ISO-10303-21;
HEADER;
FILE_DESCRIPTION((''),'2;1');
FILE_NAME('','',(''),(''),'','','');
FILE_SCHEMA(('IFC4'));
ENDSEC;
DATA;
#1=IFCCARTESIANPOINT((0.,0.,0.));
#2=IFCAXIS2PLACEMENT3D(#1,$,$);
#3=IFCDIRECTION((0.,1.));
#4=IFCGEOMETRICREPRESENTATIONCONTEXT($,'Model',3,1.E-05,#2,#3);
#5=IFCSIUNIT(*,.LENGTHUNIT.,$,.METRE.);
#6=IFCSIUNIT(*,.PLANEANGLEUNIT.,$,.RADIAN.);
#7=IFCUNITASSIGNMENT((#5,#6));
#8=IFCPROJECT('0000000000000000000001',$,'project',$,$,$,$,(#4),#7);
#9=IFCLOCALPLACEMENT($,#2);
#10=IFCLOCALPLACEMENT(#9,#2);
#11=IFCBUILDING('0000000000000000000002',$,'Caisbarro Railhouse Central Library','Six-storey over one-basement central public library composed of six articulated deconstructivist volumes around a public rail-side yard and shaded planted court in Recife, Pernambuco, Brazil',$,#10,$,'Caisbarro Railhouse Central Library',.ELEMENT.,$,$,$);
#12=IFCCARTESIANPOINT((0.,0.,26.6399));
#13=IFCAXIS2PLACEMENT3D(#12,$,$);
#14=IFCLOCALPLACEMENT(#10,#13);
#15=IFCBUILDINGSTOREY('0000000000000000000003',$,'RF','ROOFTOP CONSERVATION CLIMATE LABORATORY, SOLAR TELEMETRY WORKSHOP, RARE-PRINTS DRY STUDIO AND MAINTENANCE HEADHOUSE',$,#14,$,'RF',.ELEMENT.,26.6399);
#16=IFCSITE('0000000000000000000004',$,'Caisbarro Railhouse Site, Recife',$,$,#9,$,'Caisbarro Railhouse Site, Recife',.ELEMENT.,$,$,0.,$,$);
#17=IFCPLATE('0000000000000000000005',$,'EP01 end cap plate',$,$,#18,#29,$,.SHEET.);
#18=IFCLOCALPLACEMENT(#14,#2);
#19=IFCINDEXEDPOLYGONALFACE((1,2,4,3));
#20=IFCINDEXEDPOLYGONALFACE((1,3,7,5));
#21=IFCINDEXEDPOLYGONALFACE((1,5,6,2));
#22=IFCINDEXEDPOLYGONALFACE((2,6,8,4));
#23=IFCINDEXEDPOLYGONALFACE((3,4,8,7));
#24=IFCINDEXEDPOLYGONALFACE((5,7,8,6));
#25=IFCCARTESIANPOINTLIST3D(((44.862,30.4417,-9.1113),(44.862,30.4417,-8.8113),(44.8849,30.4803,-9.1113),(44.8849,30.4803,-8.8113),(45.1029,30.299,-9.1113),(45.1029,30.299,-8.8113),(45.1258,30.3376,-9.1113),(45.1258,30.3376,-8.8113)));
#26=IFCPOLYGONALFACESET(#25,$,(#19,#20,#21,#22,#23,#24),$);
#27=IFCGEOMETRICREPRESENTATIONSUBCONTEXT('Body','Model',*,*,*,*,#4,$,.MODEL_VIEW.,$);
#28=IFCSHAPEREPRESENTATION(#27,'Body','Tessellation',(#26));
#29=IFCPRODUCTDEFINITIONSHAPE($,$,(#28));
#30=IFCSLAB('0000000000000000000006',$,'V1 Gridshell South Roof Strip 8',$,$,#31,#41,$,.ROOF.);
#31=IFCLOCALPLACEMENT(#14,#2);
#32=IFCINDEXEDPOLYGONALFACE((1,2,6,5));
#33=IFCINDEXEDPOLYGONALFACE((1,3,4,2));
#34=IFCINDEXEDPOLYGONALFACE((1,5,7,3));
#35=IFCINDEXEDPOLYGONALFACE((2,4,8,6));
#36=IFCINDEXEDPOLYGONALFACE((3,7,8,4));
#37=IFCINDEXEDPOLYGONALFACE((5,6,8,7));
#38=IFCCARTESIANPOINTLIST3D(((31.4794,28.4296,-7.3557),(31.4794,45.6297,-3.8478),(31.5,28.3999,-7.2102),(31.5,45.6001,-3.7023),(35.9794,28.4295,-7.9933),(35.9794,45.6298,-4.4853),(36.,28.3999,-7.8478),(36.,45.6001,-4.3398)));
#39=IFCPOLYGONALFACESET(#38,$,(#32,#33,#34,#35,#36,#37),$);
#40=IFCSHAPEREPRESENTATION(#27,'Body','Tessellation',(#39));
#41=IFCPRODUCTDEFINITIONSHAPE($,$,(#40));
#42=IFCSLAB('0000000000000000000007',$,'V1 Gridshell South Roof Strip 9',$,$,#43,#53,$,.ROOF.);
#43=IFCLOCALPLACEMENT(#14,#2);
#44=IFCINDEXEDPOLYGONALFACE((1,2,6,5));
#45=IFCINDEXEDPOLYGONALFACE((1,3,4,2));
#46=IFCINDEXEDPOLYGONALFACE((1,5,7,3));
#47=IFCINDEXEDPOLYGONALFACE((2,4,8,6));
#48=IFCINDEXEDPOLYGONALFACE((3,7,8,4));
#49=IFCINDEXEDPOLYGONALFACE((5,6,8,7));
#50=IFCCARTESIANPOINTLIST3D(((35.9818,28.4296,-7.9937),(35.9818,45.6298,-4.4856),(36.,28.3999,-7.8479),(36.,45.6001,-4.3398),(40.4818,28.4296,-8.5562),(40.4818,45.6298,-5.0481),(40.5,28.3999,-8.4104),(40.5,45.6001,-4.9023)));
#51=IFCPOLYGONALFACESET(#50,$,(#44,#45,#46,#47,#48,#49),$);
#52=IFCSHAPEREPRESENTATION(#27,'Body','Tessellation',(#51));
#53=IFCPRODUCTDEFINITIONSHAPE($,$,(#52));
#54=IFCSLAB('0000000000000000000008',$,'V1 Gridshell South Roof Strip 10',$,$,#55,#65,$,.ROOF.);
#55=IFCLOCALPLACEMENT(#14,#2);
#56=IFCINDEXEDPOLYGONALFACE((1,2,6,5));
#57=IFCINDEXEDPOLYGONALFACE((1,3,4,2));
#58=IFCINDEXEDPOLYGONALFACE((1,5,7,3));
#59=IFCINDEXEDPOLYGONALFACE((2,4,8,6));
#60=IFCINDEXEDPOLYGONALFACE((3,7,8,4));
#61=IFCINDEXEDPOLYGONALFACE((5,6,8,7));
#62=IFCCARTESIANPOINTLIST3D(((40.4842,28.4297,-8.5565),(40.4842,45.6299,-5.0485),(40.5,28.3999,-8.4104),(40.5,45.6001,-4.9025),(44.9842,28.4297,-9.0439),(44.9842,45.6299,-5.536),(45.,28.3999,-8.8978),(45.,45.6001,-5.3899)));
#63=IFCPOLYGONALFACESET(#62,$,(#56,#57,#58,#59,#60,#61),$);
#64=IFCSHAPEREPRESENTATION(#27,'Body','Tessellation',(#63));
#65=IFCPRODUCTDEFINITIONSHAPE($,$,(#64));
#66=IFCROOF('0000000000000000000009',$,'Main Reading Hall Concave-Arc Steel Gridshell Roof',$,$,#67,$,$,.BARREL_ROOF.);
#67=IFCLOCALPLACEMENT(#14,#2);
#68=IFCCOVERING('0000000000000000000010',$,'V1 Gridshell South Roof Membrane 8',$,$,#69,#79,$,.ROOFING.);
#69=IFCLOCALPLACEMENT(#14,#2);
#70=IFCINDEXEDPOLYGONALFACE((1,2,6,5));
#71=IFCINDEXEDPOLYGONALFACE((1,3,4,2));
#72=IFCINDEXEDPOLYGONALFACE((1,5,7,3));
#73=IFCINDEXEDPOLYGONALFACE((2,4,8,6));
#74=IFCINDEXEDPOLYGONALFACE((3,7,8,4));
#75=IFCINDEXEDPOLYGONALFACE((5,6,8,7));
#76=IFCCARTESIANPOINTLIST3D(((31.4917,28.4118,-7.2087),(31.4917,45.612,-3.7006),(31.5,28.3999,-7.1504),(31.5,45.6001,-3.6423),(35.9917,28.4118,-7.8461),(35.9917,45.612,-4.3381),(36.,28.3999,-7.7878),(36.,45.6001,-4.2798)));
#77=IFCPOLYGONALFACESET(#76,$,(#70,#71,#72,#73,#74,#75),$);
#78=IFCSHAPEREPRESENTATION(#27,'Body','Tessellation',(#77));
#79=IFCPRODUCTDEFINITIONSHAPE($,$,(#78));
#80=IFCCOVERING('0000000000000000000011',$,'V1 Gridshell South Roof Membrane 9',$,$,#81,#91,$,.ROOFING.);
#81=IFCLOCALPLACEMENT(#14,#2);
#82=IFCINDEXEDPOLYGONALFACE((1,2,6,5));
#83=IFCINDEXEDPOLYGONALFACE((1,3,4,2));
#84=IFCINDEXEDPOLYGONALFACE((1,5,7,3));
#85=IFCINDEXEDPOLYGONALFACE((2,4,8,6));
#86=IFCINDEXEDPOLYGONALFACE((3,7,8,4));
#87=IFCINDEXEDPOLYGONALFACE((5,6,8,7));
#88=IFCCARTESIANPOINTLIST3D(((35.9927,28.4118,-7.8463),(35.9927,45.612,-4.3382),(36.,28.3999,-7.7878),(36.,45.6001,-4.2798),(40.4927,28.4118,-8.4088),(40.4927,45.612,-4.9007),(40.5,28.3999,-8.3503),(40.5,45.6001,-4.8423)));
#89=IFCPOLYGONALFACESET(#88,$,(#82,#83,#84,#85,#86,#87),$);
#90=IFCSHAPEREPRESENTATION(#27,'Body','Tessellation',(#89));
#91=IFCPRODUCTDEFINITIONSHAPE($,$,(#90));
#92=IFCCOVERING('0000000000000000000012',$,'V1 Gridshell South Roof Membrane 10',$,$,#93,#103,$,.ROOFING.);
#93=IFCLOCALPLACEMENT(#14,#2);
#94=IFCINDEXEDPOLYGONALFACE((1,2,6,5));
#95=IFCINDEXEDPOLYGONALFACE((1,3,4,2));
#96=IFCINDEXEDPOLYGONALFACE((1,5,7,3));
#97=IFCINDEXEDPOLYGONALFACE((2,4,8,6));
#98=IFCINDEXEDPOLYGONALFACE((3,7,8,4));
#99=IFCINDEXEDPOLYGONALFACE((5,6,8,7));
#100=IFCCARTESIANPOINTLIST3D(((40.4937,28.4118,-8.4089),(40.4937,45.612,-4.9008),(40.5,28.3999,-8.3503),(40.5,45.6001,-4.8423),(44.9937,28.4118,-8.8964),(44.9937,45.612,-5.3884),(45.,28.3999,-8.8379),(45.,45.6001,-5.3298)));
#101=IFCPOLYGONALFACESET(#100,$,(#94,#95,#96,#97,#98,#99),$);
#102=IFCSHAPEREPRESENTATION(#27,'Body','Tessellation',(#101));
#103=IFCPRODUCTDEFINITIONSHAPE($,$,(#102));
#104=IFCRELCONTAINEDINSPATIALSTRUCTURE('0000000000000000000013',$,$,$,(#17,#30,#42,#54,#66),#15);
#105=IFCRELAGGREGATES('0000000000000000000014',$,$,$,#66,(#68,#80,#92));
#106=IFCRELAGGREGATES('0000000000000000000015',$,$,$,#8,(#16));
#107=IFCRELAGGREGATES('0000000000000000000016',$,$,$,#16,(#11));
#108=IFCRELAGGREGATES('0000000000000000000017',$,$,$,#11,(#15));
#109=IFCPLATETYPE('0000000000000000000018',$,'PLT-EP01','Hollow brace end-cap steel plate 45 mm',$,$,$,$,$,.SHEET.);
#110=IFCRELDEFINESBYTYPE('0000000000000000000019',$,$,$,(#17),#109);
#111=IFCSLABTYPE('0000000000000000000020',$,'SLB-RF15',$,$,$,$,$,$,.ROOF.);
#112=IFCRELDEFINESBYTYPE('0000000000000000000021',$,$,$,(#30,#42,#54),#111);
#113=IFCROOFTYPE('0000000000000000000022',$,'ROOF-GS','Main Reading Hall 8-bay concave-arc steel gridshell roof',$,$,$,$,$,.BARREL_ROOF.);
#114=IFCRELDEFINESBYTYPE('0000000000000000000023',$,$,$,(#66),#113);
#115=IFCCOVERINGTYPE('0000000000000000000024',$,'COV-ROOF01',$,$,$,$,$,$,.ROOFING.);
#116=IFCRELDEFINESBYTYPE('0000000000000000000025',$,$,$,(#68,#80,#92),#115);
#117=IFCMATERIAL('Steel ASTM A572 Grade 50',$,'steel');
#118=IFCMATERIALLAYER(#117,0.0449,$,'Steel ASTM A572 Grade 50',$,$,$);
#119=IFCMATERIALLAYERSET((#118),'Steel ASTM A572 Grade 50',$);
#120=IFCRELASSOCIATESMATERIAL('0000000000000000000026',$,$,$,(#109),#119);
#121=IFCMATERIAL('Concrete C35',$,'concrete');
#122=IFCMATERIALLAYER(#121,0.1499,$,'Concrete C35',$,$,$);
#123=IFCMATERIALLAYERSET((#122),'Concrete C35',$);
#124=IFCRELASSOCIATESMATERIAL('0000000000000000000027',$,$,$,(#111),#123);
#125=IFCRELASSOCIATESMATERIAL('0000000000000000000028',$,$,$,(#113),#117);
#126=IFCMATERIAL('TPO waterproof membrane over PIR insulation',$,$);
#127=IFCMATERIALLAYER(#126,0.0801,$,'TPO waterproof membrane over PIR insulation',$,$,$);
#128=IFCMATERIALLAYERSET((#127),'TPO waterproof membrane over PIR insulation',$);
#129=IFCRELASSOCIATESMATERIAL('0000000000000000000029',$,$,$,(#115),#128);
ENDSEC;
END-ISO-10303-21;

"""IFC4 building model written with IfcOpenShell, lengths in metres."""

from ifc_helpers import new_model, si_unit, direction, frame, origin, origin_2d, place, context, subcontext, project, spatial, polyline, rectangle, outline, extrude, material, layer, layer_set, type_object, element, aggregate, save


model = new_model("IFC4")

# Units and contexts
model_context = context("Model", 3, precision=1e-05, world=origin(), true_north=direction((0.0, 1.0)))
body_context = subcontext(model_context, "Body", "Model", "MODEL_VIEW")
ifc_project = project(units=[si_unit("LENGTHUNIT", "METRE"), si_unit("PLANEANGLEUNIT", "RADIAN")], contexts=[model_context])

# Site, building, storey
site_placement = place(None, origin())
site = spatial("IfcSite", under=ifc_project, at=site_placement, Name="Caisbarro Railhouse Site, Recife", LongName="Caisbarro Railhouse Site, Recife", CompositionType="ELEMENT", RefElevation=0.0)
building_placement = place(site_placement, origin())
building = spatial("IfcBuilding", under=site, at=building_placement, Name="Caisbarro Railhouse Central Library", Description="Six-storey over one-basement central public library composed of six articulated deconstructivist volumes around a public rail-side yard and shaded planted court in Recife, Pernambuco, Brazil", LongName="Caisbarro Railhouse Central Library", CompositionType="ELEMENT")
storey_placement = place(building_placement, frame((0.0, 0.0, 26.6399)))
storey = spatial("IfcBuildingStorey", under=building, at=storey_placement, Name="RF", Description="ROOFTOP CONSERVATION CLIMATE LABORATORY, SOLAR TELEMETRY WORKSHOP, RARE-PRINTS DRY STUDIO AND MAINTENANCE HEADHOUSE", LongName="RF", CompositionType="ELEMENT", Elevation=26.6399)

# Shared definitions
ifc_material_1 = material(Name="Steel ASTM A572 Grade 50", Category="steel")

# Plate
ifc_layer_1 = layer(ifc_material_1, 0.0449, Name="Steel ASTM A572 Grade 50")
ifc_layer_set_1 = layer_set([ifc_layer_1], Name="Steel ASTM A572 Grade 50")
plate_type = type_object("IfcPlateType", Name="PLT-EP01", Description="Hollow brace end-cap steel plate 45 mm", PredefinedType="SHEET", material=ifc_layer_set_1)
for number, where, z_axis, x_axis, name in (
    (1, (44.9939, 30.3896, -9.1113), (0.0, 0.0, 1.0), (0.509492, 0.860475, 0.0), "EP01 end cap plate"),
):
    element("IfcPlate", number, at=place(storey_placement, frame(where, z_axis=z_axis, x_axis=x_axis)), inside=storey, type_object=plate_type, Name=name, PredefinedType="SHEET", context=body_context, shape_type="SweptSolid", body=[
        extrude(rectangle(XDim=0.0449, YDim=0.28, at=origin_2d()), origin(), (0.0, 0.0, 1.0), 0.3),
    ])

# Slabs
ifc_material_2 = material(Name="Concrete C35", Category="concrete")
ifc_layer_2 = layer(ifc_material_2, 0.1499, Name="Concrete C35")
ifc_layer_set_2 = layer_set([ifc_layer_2], Name="Concrete C35")
slab_type = type_object("IfcSlabType", Name="SLB-RF15", PredefinedType="ROOF", material=ifc_layer_set_2)
slab_1_placement = place(storey_placement, frame((31.5, 28.3999, -7.2102), z_axis=(0.137506, -0.197935, 0.970522), x_axis=(0.990111, -0.000005, -0.140283)))
element("IfcSlab", 2, at=slab_1_placement, inside=storey, type_object=slab_type, Name="V1 Gridshell South Roof Strip 8", PredefinedType="ROOF", context=body_context, shape_type="SweptSolid", body=[
    extrude(outline(polyline([(0.0, 0.0), (4.545, 0.0), (4.0528, 17.5474), (-0.4922, 17.5473), (0.0, 0.0)])), origin(), (0.0, 0.0, -1.0), 0.1499),
])
slab_2_placement = place(storey_placement, frame((36.0, 28.3999, -7.8479), z_axis=(0.12157, -0.198358, 0.972561), x_axis=(0.992278, 0.0, -0.124035)))
element("IfcSlab", 3, at=slab_2_placement, inside=storey, type_object=slab_type, Name="V1 Gridshell South Roof Strip 9", PredefinedType="ROOF", context=body_context, shape_type="SweptSolid", body=[
    extrude(outline(polyline([(0.0, 0.0), (4.535, 0.0), (4.0999, 17.5489), (-0.4351, 17.5489), (0.0, 0.0)])), origin(), (0.0, 0.0, -1.0), 0.1499),
])
slab_3_placement = place(storey_placement, frame((40.5, 28.3999, -8.4104), z_axis=(0.10554, -0.198718, 0.974358), x_axis=(0.994185, 0.000005, -0.107686)))
element("IfcSlab", 4, at=slab_3_placement, inside=storey, type_object=slab_type, Name="V1 Gridshell South Roof Strip 10", PredefinedType="ROOF", context=body_context, shape_type="SweptSolid", body=[
    extrude(outline(polyline([(0.0, 0.0), (4.5263, 0.0), (4.1487, 17.5502), (-0.3777, 17.5502), (0.0, 0.0)])), origin(), (0.0, 0.0, -1.0), 0.1499),
])

# Roof, coverings
roof_type = type_object("IfcRoofType", Name="ROOF-GS", Description="Main Reading Hall 8-bay concave-arc steel gridshell roof", PredefinedType="BARREL_ROOF", material=ifc_material_1)
roof_placement = place(storey_placement, origin())
roof = element("IfcRoof", 5, at=roof_placement, inside=storey, type_object=roof_type, Name="Main Reading Hall Concave-Arc Steel Gridshell Roof", PredefinedType="BARREL_ROOF")
ifc_material_3 = material(Name="TPO waterproof membrane over PIR insulation")
ifc_layer_3 = layer(ifc_material_3, 0.0801, Name="TPO waterproof membrane over PIR insulation")
ifc_layer_set_3 = layer_set([ifc_layer_3], Name="TPO waterproof membrane over PIR insulation")
covering_type = type_object("IfcCoveringType", Name="COV-ROOF01", PredefinedType="ROOFING", material=ifc_layer_set_3)
covering_1_placement = place(storey_placement, frame((31.5, 28.3999, -7.1504), z_axis=(0.13748, -0.197943, 0.970524), x_axis=(0.990115, 0.0, -0.140256)))
covering_1 = element("IfcCovering", 6, at=covering_1_placement, type_object=covering_type, Name="V1 Gridshell South Roof Membrane 8", PredefinedType="ROOFING", context=body_context, shape_type="SweptSolid", body=[
    extrude(outline(polyline([(0.0, 0.0), (4.5449, 0.0), (4.0529, 17.5474), (-0.492, 17.5474), (0.0, 0.0)])), origin(), (0.0, 0.0, -1.0), 0.0601),
])
covering_2_placement = place(storey_placement, frame((36.0, 28.3999, -7.7878), z_axis=(0.12157, -0.198358, 0.972561), x_axis=(0.992278, 0.0, -0.124035)))
covering_2 = element("IfcCovering", 7, at=covering_2_placement, type_object=covering_type, Name="V1 Gridshell South Roof Membrane 9", PredefinedType="ROOFING", context=body_context, shape_type="SweptSolid", body=[
    extrude(outline(polyline([(0.0, 0.0), (4.535, 0.0), (4.0999, 17.5489), (-0.4351, 17.5489), (0.0, 0.0)])), origin(), (0.0, 0.0, -1.0), 0.0601),
])
covering_3_placement = place(storey_placement, frame((40.5, 28.3999, -8.3503), z_axis=(0.105566, -0.198724, 0.974354), x_axis=(0.994182, 0.0, -0.107714)))
covering_3 = element("IfcCovering", 8, at=covering_3_placement, type_object=covering_type, Name="V1 Gridshell South Roof Membrane 10", PredefinedType="ROOFING", context=body_context, shape_type="SweptSolid", body=[
    extrude(outline(polyline([(0.0, 0.0), (4.5263, 0.0), (4.1485, 17.5502), (-0.3779, 17.5502), (0.0, 0.0)])), origin(), (0.0, 0.0, -1.0), 0.0601),
])
aggregate(roof, [covering_1, covering_2, covering_3])

save(model, "model.ifc")
